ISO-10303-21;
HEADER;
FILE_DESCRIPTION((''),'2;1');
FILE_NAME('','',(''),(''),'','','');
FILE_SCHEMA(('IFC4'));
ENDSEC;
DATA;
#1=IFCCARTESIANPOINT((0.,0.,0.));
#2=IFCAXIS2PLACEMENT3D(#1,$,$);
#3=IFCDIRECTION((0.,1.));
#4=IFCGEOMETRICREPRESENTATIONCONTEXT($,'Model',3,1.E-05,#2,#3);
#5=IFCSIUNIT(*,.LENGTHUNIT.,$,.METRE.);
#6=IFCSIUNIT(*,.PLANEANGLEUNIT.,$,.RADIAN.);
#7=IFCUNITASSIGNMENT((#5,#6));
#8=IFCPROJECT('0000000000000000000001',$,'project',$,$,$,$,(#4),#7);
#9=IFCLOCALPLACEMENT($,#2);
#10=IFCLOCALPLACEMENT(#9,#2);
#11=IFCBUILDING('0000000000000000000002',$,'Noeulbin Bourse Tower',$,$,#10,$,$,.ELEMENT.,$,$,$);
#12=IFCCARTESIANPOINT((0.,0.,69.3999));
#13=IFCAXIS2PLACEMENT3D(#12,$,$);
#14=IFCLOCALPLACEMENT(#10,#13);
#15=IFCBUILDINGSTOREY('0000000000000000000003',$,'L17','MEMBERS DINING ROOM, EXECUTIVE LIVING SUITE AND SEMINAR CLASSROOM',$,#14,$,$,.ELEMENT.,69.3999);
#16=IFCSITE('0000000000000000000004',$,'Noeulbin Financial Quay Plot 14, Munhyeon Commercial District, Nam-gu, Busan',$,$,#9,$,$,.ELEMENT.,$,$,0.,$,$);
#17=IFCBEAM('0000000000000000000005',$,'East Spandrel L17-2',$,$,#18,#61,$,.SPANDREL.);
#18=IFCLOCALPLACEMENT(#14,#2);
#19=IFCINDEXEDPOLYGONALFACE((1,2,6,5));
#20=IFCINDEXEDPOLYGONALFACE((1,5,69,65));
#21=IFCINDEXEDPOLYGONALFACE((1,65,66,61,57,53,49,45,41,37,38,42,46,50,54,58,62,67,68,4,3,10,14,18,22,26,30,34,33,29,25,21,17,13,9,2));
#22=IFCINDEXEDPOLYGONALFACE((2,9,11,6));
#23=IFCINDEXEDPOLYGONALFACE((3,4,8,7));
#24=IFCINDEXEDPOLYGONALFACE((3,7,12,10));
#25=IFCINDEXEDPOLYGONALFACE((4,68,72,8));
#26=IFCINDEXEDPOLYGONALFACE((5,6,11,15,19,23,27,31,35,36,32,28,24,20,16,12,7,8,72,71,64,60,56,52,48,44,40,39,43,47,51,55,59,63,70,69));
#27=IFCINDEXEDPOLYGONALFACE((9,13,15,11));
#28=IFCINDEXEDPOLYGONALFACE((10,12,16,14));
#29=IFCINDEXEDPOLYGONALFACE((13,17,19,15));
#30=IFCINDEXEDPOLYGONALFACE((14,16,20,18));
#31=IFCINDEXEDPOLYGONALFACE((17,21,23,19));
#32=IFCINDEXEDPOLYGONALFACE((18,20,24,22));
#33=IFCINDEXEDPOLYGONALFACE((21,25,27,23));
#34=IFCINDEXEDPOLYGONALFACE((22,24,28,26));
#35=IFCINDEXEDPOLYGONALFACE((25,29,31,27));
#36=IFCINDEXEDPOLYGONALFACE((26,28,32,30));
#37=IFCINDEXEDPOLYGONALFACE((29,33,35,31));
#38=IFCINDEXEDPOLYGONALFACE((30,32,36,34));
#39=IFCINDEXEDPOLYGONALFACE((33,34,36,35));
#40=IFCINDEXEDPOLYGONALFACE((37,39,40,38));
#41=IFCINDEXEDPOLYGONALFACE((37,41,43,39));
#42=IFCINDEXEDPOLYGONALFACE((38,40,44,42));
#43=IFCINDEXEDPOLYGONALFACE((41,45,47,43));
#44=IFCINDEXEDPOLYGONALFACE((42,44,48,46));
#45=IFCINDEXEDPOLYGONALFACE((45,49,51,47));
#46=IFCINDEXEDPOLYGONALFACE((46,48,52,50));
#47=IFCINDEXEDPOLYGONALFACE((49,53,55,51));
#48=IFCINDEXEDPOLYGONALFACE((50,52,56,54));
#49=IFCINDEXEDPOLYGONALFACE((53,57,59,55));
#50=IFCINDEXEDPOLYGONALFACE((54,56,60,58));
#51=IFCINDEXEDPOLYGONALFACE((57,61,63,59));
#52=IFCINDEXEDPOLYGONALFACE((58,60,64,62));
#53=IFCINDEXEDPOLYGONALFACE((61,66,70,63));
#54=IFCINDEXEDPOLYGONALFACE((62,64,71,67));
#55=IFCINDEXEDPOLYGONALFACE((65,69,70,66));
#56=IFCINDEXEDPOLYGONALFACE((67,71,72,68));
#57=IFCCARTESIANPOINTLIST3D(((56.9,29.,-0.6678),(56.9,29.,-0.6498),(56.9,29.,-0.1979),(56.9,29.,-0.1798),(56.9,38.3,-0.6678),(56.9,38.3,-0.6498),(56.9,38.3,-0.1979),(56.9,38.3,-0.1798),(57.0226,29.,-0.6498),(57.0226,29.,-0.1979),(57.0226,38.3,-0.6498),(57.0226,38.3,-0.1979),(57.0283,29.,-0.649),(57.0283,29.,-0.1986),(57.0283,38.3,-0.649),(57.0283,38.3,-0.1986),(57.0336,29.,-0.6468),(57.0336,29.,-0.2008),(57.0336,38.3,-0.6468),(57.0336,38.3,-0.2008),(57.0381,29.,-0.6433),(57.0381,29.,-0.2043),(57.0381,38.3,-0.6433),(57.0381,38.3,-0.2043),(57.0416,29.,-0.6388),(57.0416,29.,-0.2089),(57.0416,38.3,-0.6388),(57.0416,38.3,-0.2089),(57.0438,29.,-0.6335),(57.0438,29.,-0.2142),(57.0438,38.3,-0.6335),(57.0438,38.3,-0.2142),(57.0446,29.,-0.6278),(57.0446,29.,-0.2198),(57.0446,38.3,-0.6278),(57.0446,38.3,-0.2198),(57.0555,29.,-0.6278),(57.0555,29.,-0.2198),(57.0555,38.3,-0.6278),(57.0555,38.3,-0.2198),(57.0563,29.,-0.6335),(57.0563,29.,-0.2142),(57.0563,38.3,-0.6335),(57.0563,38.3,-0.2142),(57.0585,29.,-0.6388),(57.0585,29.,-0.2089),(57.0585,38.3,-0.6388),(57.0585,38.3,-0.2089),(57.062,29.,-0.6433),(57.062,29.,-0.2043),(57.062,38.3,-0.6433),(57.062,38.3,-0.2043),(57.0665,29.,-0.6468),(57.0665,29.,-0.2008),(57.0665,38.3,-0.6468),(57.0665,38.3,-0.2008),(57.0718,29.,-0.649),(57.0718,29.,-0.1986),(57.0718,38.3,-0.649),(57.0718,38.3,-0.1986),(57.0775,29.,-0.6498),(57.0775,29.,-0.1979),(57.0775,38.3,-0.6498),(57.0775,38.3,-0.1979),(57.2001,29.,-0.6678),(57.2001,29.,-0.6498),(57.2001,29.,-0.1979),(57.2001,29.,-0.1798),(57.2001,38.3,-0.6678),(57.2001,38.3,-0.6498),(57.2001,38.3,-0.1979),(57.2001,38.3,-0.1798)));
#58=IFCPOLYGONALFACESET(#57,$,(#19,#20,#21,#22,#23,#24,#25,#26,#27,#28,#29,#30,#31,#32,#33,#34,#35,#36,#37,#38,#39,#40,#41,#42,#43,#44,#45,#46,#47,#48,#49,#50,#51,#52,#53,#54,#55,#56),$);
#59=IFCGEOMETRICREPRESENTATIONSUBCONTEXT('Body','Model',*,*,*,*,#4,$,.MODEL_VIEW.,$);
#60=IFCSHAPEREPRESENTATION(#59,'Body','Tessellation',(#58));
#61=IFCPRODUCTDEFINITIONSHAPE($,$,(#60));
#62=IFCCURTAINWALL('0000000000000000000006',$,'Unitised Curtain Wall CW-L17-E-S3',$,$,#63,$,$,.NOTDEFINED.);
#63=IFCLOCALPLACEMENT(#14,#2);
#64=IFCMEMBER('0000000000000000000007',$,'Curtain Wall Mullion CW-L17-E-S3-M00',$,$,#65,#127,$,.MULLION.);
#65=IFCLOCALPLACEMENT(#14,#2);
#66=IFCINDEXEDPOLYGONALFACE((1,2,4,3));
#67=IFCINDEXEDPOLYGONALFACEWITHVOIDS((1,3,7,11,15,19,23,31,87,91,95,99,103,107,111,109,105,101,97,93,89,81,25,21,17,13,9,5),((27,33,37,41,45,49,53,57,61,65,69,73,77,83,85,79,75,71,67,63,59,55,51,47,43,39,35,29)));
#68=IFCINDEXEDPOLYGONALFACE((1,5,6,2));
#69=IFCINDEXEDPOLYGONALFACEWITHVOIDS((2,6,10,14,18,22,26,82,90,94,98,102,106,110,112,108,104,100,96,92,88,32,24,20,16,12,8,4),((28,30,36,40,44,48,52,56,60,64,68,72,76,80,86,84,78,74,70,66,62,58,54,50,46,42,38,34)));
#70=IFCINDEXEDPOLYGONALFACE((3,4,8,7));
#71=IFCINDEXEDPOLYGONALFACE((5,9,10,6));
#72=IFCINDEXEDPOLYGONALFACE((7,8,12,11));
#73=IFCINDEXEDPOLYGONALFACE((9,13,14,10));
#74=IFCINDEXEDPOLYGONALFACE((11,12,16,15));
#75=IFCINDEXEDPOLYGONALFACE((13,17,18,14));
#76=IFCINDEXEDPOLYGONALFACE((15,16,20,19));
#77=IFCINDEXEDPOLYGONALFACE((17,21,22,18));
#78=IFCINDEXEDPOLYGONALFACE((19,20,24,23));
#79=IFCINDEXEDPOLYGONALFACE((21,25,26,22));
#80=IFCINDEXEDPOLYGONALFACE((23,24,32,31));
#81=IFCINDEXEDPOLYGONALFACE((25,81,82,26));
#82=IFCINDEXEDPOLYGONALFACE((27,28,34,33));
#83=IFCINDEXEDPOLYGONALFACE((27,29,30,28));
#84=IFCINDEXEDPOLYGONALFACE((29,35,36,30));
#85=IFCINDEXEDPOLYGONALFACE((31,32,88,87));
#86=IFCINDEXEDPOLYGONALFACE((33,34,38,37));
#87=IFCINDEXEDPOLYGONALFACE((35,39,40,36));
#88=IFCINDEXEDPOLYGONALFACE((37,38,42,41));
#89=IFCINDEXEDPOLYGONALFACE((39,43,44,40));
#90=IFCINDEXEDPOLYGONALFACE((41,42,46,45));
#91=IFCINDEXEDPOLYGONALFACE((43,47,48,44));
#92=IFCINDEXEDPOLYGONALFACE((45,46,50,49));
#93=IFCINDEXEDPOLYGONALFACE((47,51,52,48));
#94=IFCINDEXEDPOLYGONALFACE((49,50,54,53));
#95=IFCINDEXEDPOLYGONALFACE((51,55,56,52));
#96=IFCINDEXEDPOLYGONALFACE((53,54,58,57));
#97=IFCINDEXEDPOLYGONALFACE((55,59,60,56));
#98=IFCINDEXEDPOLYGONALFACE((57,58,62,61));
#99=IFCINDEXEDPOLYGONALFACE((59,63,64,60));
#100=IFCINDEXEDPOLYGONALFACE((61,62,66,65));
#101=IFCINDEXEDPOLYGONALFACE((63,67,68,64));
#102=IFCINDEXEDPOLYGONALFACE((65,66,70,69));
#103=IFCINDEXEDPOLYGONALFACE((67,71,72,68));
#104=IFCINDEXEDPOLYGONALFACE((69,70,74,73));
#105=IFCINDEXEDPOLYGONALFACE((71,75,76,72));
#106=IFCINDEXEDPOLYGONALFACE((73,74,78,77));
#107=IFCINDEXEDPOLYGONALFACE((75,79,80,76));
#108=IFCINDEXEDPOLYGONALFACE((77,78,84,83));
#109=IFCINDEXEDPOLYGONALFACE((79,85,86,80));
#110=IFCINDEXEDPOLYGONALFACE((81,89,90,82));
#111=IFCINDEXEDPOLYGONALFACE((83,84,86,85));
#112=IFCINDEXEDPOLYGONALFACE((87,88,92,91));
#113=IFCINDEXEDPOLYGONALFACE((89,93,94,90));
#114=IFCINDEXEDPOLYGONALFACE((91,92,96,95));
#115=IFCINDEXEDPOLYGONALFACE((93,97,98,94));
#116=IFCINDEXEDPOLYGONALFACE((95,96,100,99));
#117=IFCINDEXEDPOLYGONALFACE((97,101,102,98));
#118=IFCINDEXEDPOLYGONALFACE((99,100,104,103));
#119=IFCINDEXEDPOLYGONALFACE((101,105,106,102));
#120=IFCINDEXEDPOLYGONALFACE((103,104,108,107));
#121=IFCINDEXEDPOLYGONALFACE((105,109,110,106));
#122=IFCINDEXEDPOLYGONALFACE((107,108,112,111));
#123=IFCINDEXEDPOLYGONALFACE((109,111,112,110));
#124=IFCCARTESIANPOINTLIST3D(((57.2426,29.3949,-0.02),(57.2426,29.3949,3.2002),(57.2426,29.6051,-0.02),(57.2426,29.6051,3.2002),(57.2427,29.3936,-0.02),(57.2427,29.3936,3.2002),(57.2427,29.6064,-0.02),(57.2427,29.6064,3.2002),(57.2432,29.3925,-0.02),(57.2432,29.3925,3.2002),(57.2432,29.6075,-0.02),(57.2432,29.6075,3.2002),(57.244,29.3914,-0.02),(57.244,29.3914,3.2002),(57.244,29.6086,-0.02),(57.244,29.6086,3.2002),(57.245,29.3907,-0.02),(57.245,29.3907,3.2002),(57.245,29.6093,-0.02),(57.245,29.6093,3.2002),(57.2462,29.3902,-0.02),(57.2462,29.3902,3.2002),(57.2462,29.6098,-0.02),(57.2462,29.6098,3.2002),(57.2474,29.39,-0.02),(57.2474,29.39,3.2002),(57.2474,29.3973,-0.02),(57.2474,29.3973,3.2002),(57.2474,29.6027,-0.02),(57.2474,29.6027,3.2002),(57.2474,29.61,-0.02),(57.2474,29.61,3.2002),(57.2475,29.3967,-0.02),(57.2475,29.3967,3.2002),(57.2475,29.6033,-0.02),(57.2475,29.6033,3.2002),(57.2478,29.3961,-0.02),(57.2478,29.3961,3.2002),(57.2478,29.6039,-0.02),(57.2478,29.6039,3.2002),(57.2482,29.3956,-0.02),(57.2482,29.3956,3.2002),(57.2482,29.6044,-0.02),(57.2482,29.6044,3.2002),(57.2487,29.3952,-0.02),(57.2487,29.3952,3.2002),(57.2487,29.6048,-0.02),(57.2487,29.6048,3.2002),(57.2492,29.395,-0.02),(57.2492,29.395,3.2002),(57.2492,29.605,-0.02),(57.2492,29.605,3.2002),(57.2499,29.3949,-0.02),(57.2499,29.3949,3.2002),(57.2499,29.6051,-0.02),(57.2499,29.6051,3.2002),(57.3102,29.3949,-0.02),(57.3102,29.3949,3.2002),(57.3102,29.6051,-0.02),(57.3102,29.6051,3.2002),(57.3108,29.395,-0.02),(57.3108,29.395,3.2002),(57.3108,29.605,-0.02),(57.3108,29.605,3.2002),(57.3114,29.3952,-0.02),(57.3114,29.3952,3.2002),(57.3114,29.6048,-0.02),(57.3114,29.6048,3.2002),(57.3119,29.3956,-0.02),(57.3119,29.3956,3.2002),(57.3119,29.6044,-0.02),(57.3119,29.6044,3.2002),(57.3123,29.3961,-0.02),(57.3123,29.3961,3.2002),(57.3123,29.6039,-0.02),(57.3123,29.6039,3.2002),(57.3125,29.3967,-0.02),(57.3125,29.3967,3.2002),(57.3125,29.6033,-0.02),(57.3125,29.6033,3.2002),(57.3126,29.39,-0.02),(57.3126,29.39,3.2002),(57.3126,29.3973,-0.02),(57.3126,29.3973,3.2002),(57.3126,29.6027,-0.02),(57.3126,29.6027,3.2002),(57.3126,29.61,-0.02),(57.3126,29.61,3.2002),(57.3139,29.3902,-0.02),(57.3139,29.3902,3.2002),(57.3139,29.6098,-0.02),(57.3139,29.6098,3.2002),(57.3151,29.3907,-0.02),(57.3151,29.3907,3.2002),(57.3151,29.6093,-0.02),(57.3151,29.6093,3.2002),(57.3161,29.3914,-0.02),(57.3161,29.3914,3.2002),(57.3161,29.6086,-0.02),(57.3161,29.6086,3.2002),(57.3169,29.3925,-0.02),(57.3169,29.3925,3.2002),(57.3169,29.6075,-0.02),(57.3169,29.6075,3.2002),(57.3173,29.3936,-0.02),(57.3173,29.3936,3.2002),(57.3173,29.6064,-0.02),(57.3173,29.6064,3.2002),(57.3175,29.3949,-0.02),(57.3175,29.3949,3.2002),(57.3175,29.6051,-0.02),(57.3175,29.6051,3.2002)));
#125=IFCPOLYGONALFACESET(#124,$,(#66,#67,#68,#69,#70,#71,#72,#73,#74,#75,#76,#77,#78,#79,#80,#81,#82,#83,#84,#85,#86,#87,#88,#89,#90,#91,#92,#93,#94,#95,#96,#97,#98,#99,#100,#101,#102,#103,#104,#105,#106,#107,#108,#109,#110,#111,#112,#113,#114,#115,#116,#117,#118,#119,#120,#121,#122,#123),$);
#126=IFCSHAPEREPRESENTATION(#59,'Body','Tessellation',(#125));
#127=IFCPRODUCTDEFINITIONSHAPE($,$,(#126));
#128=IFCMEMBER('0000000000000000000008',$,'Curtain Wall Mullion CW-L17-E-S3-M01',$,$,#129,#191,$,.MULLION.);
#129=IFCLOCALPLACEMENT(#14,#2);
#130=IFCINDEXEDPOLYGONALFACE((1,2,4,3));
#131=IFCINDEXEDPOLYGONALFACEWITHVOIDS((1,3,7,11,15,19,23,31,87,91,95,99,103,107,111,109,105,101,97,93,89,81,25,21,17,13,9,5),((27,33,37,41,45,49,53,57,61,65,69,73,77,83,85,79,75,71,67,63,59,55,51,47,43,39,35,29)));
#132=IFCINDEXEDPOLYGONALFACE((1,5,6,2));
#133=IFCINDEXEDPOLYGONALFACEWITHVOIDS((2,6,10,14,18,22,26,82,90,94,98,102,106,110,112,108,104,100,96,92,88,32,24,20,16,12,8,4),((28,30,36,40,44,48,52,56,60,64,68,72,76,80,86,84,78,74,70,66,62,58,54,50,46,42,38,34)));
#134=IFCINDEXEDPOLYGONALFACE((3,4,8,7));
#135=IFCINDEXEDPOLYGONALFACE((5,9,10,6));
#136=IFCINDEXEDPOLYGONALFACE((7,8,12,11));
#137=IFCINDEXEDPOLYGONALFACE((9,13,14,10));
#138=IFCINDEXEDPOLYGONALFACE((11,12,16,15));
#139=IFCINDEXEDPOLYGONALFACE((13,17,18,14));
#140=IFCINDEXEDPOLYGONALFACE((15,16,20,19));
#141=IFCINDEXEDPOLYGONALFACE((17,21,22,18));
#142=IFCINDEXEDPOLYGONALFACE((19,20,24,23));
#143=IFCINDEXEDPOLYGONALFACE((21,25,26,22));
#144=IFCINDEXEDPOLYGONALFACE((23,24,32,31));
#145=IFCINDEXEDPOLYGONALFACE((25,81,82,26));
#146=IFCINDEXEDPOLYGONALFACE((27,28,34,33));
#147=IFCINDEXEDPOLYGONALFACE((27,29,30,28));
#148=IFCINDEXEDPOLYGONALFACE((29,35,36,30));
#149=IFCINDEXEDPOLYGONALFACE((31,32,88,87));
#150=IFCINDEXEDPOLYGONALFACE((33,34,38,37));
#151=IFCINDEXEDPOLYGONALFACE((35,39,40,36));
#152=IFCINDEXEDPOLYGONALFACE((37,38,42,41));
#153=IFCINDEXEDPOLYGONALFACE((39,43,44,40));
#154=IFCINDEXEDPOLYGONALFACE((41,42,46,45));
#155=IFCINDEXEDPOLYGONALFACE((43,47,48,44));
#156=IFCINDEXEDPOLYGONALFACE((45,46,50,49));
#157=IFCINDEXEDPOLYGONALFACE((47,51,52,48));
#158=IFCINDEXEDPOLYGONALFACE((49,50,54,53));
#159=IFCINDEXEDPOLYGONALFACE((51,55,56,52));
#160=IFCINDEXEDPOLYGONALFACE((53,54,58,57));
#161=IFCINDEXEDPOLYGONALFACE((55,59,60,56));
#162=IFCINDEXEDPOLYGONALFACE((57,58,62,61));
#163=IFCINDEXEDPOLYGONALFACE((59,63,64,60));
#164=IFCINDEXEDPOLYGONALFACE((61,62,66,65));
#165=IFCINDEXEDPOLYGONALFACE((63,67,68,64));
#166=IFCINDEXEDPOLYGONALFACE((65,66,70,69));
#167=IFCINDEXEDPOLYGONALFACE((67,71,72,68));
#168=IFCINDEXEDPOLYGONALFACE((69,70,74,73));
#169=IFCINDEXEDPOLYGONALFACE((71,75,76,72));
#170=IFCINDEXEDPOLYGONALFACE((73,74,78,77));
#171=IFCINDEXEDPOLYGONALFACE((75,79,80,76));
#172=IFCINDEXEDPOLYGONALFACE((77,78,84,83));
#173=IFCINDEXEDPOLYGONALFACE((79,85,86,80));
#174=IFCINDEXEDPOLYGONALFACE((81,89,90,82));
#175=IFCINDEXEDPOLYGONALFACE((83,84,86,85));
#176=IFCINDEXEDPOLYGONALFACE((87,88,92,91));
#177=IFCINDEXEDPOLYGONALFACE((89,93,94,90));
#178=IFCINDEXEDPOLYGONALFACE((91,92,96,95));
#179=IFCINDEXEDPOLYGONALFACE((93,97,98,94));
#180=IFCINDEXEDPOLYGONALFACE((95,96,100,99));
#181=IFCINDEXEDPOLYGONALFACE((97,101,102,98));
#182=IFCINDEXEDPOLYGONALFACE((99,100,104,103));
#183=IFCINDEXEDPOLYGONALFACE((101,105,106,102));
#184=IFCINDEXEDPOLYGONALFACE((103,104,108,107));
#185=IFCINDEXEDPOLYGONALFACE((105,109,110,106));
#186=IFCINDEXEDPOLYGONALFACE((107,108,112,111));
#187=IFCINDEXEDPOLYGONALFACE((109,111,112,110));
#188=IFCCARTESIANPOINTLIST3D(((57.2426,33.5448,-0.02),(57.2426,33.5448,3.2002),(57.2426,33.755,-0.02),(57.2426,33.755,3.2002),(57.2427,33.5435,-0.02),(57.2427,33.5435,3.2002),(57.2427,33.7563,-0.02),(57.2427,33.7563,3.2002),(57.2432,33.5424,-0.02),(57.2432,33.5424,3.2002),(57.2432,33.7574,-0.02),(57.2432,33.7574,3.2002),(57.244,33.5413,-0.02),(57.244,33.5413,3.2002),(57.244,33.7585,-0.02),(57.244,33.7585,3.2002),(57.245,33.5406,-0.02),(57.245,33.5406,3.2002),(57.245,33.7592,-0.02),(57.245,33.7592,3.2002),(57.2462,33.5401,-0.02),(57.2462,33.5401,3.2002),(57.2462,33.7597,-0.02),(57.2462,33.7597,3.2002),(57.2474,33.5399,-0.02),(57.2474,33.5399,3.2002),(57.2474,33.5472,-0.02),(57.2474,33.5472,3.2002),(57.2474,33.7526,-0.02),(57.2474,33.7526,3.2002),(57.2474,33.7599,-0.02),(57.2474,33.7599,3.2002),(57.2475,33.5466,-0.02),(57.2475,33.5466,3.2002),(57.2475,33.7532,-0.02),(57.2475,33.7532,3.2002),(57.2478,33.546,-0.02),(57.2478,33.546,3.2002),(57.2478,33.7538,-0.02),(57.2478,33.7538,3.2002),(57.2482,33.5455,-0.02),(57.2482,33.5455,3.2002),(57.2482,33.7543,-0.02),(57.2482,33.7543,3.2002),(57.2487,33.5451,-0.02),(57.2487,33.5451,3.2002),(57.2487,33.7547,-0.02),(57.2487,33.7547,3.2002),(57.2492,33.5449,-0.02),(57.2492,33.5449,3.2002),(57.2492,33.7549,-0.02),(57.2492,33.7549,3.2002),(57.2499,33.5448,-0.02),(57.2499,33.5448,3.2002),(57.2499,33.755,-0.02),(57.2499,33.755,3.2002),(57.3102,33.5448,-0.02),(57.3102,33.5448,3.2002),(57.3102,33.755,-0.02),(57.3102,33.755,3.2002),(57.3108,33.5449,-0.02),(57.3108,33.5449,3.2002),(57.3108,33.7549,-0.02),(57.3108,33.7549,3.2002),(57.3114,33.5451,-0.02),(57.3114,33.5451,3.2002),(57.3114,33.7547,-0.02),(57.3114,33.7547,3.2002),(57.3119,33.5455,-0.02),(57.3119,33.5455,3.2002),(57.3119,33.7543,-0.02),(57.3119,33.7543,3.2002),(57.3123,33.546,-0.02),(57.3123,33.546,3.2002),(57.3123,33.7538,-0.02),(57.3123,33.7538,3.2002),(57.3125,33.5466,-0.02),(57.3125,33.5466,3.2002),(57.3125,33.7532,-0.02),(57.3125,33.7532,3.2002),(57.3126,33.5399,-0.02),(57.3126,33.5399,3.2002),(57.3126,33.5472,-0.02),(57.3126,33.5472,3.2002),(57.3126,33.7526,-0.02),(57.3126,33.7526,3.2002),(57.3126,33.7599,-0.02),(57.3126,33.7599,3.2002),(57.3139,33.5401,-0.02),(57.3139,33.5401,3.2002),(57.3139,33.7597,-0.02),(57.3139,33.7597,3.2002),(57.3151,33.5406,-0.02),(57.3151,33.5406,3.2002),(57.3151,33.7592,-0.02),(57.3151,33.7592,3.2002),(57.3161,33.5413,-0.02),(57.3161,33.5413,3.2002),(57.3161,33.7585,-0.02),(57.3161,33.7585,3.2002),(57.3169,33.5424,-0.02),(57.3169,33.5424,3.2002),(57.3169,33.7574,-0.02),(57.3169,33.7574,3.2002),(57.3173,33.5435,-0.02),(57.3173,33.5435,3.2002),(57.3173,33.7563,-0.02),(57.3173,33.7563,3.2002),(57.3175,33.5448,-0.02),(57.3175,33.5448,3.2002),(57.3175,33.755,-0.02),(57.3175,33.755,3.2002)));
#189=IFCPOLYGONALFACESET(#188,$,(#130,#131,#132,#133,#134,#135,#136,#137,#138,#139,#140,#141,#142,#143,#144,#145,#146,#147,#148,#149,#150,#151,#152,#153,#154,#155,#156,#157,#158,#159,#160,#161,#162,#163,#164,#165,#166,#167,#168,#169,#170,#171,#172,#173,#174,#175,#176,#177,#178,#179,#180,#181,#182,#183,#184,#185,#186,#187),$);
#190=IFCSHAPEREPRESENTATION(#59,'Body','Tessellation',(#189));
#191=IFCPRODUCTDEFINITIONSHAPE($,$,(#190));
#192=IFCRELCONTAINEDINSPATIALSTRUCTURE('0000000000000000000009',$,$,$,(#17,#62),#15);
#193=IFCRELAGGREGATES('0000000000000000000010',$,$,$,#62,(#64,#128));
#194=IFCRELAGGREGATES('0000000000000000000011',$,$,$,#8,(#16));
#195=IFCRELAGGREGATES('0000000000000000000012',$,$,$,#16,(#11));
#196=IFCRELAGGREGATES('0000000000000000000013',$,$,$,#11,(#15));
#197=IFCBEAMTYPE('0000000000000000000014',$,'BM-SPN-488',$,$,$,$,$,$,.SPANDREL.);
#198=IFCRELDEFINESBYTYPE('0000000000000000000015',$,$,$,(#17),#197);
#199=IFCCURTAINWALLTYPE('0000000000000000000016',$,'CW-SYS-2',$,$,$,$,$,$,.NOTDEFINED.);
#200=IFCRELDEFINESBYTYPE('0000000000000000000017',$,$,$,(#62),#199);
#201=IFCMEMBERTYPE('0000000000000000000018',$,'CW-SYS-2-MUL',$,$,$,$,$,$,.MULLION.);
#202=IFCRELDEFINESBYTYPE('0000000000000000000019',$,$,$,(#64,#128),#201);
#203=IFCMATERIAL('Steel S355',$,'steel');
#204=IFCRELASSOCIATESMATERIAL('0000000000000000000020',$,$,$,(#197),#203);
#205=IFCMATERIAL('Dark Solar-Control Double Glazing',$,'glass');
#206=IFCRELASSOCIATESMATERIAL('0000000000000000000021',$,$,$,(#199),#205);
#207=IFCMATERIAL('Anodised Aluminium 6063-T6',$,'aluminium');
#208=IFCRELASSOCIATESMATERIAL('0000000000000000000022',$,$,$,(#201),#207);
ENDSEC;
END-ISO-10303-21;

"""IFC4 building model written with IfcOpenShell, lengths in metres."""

from ifc_helpers import new_model, si_unit, direction, frame, origin, origin_2d, place, context, subcontext, project, spatial, hollow_rectangle, i_section, extrude, material, material_profile, profile_set, type_object, element, aggregate, save


model = new_model("IFC4")

# Units and contexts
model_context = context("Model", 3, precision=1e-05, world=origin(), true_north=direction((0.0, 1.0)))
body_context = subcontext(model_context, "Body", "Model", "MODEL_VIEW")
ifc_project = project(units=[si_unit("LENGTHUNIT", "METRE"), si_unit("PLANEANGLEUNIT", "RADIAN")], contexts=[model_context])

# Site, building, storey
site_placement = place(None, origin())
site = spatial("IfcSite", under=ifc_project, at=site_placement, Name="Noeulbin Financial Quay Plot 14, Munhyeon Commercial District, Nam-gu, Busan", CompositionType="ELEMENT", RefElevation=0.0)
building_placement = place(site_placement, origin())
building = spatial("IfcBuilding", under=site, at=building_placement, Name="Noeulbin Bourse Tower", CompositionType="ELEMENT")
storey_placement = place(building_placement, frame((0.0, 0.0, 69.3999)))
storey = spatial("IfcBuildingStorey", under=building, at=storey_placement, Name="L17", Description="MEMBERS DINING ROOM, EXECUTIVE LIVING SUITE AND SEMINAR CLASSROOM", CompositionType="ELEMENT", Elevation=69.3999)

# Beam
ifc_material_1 = material(Name="Steel S355", Category="steel")
ifc_material_profile_1 = material_profile(ifc_material_1, i_section(OverallWidth=0.3, OverallDepth=0.488, WebThickness=0.011, FlangeThickness=0.0181, FilletRadius=0.022, at=origin_2d()), Name="H-488x300x11x18", Category="LoadBearing")
ifc_profile_set_1 = profile_set([ifc_material_profile_1], Name="Steel S355")
beam_type_1 = type_object("IfcBeamType", Name="BM-SPN-488", PredefinedType="SPANDREL", material=ifc_profile_set_1)
beam_1_placement = place(storey_placement, frame((57.05, 29.0, -0.4238), z_axis=(0.0, 1.0, 0.0), x_axis=(-1.0, 0.0, 0.0)))
element("IfcBeam", 1, at=beam_1_placement, inside=storey, type_object=beam_type_1, Name="East Spandrel L17-2", PredefinedType="SPANDREL", context=body_context, shape_type="SweptSolid", body=[
    extrude(i_section(OverallWidth=0.3, OverallDepth=0.488, WebThickness=0.011, FlangeThickness=0.0181, FilletRadius=0.022, at=origin_2d()), origin(), (0.0, 0.0, 1.0), 9.3),
])

# Curtain wall, members
ifc_material_2 = material(Name="Dark Solar-Control Double Glazing", Category="glass")
curtain_wall_type = type_object("IfcCurtainWallType", Name="CW-SYS-2", PredefinedType="NOTDEFINED", material=ifc_material_2)
curtain_wall_placement = place(storey_placement, origin())
curtain_wall = element("IfcCurtainWall", 2, at=curtain_wall_placement, inside=storey, type_object=curtain_wall_type, Name="Unitised Curtain Wall CW-L17-E-S3", PredefinedType="NOTDEFINED")
ifc_material_3 = material(Name="Anodised Aluminium 6063-T6", Category="aluminium")
ifc_material_profile_2 = material_profile(ifc_material_3, hollow_rectangle(XDim=0.075, YDim=0.22, WallThickness=0.0049, InnerFilletRadius=0.0024, OuterFilletRadius=0.0049, at=origin_2d()), Name="ALU-MULL-75x220x5", Category="LoadBearing")
ifc_profile_set_2 = profile_set([ifc_material_profile_2], Name="Anodised Aluminium 6063-T6")
member_type_1 = type_object("IfcMemberType", Name="CW-SYS-2-MUL", PredefinedType="MULLION", material=ifc_profile_set_2)
member_1_placement = place(storey_placement, frame((57.28, 29.5, -0.02), z_axis=(0.0, 0.0, 1.0), x_axis=(1.0, 0.0, 0.0)))
member_1 = element("IfcMember", 3, at=member_1_placement, type_object=member_type_1, Name="Curtain Wall Mullion CW-L17-E-S3-M00", PredefinedType="MULLION", context=body_context, shape_type="SweptSolid", body=[
    extrude(hollow_rectangle(XDim=0.075, YDim=0.22, WallThickness=0.0049, InnerFilletRadius=0.0024, OuterFilletRadius=0.0049, at=origin_2d()), origin(), (0.0, 0.0, 1.0), 3.2202),
])
member_2_placement = place(storey_placement, frame((57.28, 33.6499, -0.02), z_axis=(0.0, 0.0, 1.0), x_axis=(1.0, 0.0, 0.0)))
member_2 = element("IfcMember", 4, at=member_2_placement, type_object=member_type_1, Name="Curtain Wall Mullion CW-L17-E-S3-M01", PredefinedType="MULLION", context=body_context, shape_type="SweptSolid", body=[
    extrude(hollow_rectangle(XDim=0.075, YDim=0.22, WallThickness=0.0049, InnerFilletRadius=0.0024, OuterFilletRadius=0.0049, at=origin_2d()), origin(), (0.0, 0.0, 1.0), 3.2202),
])
aggregate(curtain_wall, [member_1, member_2])

save(model, "model.ifc")
